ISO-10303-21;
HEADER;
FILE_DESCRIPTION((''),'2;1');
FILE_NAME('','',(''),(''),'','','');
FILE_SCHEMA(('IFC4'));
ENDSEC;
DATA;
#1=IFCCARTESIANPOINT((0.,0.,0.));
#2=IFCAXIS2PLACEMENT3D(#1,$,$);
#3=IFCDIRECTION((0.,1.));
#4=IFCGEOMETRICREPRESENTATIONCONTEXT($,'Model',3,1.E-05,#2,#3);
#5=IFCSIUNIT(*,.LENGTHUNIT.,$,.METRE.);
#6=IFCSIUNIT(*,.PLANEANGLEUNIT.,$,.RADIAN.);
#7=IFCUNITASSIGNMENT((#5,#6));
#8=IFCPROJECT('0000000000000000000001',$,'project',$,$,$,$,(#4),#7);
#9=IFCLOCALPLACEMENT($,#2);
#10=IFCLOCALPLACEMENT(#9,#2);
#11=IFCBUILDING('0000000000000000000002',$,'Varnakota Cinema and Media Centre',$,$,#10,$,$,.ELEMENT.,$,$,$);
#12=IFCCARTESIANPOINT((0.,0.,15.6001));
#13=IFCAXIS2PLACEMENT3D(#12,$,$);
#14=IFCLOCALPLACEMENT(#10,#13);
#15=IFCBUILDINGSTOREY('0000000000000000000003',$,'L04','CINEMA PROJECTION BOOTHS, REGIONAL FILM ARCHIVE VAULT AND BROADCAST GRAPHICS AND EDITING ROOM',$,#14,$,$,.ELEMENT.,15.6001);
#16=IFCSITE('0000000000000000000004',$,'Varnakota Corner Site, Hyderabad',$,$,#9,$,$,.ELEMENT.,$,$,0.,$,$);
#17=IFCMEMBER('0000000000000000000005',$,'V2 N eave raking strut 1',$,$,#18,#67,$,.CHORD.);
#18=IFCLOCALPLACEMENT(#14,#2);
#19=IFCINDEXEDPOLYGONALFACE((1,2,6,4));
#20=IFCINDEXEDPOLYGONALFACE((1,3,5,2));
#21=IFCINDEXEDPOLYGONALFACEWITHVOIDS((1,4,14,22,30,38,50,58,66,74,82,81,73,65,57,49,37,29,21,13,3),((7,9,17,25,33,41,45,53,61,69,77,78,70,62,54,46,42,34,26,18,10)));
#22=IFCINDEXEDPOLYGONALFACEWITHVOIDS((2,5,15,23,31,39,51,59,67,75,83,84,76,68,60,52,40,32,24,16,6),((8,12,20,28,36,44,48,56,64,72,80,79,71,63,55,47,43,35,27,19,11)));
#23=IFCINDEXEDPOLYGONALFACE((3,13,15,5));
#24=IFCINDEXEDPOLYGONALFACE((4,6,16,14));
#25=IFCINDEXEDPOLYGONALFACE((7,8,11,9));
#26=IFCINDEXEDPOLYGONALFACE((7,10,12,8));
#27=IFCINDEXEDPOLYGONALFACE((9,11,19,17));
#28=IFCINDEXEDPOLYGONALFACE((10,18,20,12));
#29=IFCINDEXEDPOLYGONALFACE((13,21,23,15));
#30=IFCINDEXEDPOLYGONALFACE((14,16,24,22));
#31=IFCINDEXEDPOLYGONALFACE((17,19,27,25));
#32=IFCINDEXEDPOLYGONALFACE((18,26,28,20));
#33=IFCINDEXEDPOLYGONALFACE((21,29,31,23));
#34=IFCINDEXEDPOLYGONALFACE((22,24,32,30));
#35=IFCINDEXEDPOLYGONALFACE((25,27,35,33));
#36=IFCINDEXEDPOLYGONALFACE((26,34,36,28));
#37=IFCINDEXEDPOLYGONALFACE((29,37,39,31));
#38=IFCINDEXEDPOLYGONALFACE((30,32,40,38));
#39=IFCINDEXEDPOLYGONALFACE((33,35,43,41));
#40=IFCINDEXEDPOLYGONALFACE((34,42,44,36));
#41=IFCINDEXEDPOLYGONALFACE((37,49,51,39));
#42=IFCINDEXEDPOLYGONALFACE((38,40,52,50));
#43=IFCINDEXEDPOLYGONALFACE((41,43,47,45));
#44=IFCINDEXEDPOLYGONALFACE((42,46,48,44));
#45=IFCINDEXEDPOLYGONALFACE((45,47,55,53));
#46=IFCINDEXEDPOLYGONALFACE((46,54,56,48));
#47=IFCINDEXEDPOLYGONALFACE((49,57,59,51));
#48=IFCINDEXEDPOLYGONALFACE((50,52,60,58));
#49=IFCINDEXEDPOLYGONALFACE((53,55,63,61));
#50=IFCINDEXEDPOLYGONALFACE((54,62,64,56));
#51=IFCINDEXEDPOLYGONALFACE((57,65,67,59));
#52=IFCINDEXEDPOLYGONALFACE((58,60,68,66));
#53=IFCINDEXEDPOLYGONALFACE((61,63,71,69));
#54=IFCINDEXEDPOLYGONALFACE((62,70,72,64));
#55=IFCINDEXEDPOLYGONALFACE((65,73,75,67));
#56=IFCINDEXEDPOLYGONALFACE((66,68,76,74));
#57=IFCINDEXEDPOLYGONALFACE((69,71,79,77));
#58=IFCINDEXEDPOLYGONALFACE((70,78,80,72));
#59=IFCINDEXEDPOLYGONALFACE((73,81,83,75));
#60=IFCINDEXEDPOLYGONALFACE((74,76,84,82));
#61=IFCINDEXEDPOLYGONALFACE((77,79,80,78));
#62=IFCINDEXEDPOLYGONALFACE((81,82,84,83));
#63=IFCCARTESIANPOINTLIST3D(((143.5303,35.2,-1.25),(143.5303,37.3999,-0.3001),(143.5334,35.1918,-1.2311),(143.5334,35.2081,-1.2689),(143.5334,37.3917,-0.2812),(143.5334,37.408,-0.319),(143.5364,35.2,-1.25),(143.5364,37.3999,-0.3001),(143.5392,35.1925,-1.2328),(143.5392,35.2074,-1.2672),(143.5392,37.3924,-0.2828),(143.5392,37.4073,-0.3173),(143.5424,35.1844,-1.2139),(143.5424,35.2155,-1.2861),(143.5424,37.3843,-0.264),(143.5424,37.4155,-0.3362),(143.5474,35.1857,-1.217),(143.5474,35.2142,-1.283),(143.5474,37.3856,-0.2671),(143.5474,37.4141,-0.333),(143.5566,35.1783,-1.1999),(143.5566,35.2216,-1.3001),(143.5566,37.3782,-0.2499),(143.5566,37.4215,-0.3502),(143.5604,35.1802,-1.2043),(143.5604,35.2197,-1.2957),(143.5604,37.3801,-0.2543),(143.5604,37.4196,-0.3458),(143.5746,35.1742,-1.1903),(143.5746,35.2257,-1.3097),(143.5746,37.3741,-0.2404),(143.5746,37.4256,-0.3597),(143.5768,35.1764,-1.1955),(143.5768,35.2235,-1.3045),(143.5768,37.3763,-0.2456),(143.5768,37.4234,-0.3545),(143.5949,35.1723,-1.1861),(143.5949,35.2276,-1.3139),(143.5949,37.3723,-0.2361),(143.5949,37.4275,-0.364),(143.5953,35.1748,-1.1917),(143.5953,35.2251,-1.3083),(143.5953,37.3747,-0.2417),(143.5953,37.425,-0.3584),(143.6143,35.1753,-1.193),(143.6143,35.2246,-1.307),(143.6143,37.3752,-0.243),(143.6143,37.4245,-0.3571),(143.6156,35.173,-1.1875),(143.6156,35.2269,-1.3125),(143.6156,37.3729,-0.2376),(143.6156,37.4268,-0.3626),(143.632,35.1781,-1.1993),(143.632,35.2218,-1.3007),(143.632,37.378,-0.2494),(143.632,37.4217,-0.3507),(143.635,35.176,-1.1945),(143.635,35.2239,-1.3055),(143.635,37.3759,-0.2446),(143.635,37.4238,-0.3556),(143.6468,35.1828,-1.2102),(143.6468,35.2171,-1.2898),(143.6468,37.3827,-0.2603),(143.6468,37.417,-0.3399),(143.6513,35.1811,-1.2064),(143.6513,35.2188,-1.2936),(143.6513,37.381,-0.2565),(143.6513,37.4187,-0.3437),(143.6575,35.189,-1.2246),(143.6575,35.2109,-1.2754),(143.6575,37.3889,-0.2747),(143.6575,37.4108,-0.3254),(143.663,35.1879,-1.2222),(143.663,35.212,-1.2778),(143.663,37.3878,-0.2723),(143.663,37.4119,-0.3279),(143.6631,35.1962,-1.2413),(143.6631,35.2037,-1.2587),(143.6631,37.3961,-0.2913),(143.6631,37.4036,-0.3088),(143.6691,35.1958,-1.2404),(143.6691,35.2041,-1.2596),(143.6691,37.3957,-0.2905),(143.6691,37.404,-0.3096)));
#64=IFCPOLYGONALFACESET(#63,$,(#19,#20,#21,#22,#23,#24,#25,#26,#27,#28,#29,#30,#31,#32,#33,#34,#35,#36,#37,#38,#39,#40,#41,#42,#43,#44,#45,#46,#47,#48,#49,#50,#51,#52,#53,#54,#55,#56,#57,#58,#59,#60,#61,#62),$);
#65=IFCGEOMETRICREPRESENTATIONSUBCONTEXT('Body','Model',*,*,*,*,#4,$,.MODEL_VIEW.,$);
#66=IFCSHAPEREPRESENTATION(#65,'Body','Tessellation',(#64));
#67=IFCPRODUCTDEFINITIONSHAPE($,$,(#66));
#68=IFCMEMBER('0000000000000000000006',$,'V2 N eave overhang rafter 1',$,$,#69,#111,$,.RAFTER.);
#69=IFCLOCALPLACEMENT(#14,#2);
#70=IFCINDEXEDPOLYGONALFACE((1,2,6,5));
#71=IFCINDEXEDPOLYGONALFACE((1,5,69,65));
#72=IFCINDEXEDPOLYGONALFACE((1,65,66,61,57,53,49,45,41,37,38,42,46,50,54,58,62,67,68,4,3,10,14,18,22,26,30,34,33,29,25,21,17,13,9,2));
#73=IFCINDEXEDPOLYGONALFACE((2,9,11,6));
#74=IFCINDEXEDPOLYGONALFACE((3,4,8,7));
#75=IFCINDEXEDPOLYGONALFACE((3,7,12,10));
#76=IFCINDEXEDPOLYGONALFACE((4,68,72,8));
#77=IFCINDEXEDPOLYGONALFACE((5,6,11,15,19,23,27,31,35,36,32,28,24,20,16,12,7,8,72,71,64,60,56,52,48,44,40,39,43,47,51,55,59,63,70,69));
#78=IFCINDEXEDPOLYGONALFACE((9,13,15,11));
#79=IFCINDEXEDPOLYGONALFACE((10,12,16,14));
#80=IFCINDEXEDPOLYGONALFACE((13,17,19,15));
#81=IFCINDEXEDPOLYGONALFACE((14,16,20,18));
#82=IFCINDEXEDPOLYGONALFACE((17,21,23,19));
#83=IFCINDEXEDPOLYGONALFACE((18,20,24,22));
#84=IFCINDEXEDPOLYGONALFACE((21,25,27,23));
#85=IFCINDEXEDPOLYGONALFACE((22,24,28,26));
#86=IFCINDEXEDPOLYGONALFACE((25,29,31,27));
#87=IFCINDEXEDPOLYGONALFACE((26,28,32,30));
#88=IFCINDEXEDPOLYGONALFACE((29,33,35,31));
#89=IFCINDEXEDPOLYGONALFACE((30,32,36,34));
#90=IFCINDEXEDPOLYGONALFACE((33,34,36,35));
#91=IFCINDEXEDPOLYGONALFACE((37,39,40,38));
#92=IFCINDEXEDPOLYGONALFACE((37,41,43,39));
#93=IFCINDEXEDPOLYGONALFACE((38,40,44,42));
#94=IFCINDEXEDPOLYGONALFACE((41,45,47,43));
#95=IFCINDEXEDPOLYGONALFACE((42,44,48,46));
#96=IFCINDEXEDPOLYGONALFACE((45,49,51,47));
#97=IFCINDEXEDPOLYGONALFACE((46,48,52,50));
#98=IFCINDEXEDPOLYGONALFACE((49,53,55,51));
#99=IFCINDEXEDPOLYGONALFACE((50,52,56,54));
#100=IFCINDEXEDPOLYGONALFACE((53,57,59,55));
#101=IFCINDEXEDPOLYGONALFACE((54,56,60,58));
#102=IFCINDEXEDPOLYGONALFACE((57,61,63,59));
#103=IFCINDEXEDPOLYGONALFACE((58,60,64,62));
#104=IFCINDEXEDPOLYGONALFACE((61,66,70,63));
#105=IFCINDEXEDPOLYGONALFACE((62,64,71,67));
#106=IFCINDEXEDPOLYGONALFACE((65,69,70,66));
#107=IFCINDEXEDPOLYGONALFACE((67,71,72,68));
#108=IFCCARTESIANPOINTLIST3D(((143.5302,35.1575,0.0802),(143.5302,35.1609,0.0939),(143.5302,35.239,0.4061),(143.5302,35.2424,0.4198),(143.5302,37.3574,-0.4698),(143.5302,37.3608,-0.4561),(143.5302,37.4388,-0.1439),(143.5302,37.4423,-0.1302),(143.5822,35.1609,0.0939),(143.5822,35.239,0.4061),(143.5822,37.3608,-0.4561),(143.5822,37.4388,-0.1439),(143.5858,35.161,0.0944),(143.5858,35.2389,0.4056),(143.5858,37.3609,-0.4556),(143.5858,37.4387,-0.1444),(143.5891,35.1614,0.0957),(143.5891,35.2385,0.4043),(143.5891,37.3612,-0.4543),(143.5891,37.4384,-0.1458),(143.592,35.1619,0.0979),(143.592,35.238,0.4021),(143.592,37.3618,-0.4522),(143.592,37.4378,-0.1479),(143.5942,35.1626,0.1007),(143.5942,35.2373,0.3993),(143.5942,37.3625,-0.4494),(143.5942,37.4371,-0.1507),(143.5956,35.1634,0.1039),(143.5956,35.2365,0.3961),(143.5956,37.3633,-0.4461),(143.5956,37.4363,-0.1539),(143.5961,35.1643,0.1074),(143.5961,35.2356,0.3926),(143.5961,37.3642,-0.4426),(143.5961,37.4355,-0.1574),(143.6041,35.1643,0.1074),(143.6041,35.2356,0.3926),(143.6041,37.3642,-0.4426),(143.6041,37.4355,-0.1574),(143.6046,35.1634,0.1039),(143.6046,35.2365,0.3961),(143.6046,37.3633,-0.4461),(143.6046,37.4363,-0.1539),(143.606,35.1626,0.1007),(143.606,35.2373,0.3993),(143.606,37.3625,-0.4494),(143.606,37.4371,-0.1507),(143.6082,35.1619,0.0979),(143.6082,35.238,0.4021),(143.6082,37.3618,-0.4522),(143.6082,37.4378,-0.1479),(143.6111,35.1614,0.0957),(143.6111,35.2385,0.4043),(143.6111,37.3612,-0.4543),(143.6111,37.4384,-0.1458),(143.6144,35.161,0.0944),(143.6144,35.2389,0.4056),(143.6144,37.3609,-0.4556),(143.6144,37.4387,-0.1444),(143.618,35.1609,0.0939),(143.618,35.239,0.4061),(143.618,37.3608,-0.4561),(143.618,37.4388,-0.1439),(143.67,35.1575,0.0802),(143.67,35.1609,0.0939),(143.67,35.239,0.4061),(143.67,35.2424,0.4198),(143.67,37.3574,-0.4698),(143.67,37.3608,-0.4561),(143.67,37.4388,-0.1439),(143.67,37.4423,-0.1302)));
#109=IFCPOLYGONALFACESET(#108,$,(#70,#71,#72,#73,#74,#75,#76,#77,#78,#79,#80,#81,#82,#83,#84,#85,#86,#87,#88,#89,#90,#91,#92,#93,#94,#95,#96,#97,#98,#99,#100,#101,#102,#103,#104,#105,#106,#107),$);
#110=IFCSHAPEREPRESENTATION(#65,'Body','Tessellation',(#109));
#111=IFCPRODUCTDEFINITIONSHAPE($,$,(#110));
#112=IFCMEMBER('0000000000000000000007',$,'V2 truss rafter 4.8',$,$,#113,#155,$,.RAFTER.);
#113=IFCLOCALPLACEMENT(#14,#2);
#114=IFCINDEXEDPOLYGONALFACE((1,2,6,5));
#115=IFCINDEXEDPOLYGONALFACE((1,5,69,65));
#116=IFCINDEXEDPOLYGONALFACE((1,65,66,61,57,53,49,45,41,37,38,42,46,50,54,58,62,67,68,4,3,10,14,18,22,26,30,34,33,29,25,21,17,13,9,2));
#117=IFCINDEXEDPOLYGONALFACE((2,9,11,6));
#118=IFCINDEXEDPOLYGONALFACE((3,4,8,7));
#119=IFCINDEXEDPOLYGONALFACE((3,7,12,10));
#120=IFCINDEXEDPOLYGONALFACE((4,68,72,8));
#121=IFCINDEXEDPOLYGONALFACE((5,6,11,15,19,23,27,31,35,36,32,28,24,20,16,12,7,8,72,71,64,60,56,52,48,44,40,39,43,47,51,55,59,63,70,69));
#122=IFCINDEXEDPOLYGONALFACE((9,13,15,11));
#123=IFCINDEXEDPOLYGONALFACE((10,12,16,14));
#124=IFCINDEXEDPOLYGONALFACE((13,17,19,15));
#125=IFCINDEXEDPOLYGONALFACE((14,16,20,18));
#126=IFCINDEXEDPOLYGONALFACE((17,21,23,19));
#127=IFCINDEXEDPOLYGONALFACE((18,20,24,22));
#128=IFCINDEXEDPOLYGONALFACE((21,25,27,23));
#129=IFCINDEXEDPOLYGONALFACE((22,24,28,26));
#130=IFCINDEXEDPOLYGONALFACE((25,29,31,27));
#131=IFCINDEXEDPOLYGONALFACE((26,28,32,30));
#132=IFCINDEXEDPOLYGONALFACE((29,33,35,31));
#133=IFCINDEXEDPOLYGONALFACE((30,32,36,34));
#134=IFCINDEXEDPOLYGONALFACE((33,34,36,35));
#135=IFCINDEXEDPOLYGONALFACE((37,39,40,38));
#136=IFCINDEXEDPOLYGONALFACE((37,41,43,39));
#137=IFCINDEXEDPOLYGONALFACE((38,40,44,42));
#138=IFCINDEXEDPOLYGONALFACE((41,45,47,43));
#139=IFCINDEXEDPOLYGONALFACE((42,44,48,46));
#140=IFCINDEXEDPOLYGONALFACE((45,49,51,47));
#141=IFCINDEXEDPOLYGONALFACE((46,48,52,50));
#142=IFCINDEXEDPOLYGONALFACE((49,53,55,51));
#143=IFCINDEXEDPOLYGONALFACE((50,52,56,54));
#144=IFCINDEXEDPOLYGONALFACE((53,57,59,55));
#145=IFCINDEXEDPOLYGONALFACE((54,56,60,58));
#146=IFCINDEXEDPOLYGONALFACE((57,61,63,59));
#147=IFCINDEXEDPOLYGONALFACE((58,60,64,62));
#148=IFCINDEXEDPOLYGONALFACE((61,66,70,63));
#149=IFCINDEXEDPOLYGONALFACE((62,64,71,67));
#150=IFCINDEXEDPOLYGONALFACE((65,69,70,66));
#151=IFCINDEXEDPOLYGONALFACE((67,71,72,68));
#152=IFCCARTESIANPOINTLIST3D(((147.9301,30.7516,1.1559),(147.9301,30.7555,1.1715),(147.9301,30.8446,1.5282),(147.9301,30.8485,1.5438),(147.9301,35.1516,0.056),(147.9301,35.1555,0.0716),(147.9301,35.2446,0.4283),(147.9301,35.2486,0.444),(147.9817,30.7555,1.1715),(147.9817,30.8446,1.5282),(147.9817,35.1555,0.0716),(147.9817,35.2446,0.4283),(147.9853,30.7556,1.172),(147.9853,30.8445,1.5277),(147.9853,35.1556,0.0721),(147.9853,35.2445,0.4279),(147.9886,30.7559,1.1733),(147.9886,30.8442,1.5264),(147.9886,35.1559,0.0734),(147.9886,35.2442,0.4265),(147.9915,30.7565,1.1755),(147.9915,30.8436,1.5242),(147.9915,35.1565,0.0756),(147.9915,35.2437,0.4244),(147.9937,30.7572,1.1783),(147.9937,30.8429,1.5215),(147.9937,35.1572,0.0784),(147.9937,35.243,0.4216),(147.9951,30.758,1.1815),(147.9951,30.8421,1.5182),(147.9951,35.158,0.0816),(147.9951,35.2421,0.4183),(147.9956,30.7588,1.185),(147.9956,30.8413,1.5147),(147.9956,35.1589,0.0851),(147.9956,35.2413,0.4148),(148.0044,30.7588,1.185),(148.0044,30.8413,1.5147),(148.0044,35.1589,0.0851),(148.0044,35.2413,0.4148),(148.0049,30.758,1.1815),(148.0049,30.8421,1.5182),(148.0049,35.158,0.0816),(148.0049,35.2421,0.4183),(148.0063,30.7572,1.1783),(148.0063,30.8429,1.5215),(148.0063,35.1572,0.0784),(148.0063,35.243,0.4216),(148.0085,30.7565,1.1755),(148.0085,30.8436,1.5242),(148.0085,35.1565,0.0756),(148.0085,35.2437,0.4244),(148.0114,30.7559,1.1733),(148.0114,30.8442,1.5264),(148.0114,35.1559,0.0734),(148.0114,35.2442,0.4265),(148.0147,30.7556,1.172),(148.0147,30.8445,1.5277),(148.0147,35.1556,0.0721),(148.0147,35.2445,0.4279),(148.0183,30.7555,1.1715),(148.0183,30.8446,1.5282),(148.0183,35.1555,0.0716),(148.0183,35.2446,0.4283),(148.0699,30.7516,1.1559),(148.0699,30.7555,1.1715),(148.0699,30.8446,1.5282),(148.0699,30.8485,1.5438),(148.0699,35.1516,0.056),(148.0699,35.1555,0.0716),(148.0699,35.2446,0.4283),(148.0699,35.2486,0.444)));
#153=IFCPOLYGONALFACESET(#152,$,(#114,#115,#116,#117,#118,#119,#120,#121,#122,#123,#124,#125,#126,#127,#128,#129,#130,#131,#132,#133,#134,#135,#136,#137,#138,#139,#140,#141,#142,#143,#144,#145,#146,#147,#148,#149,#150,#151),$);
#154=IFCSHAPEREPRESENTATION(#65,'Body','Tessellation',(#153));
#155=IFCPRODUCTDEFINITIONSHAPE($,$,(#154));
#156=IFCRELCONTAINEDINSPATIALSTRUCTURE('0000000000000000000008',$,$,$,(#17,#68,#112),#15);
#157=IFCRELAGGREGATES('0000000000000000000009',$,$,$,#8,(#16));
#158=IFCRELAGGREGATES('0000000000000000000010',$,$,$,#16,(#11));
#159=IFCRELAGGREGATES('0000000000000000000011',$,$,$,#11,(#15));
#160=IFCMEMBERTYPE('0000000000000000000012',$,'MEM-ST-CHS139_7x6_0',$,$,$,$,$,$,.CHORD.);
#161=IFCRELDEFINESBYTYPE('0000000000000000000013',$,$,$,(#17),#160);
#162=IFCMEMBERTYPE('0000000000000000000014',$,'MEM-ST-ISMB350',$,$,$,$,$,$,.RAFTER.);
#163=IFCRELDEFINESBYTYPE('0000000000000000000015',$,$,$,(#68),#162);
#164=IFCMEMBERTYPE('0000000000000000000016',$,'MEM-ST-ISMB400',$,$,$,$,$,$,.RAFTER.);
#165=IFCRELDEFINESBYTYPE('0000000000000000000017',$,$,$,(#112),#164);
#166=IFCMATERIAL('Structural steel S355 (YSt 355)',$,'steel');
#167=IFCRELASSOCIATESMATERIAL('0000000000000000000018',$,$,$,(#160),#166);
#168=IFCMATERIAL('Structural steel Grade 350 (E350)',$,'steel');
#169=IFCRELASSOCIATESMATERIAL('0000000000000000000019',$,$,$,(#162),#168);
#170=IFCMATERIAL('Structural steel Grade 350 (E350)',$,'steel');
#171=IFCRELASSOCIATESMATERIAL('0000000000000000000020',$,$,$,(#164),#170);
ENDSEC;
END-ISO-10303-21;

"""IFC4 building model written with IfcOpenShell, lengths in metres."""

from ifc_helpers import new_model, si_unit, direction, frame, origin, origin_2d, place, context, subcontext, project, spatial, hollow_circle, i_section, extrude, material, material_profile, profile_set, type_object, element, save


model = new_model("IFC4")

# Units and contexts
model_context = context("Model", 3, precision=1e-05, world=origin(), true_north=direction((0.0, 1.0)))
body_context = subcontext(model_context, "Body", "Model", "MODEL_VIEW")
ifc_project = project(units=[si_unit("LENGTHUNIT", "METRE"), si_unit("PLANEANGLEUNIT", "RADIAN")], contexts=[model_context])

# Site, building, storey
site_placement = place(None, origin())
site = spatial("IfcSite", under=ifc_project, at=site_placement, Name="Varnakota Corner Site, Hyderabad", CompositionType="ELEMENT", RefElevation=0.0)
building_placement = place(site_placement, origin())
building = spatial("IfcBuilding", under=site, at=building_placement, Name="Varnakota Cinema and Media Centre", CompositionType="ELEMENT")
storey_placement = place(building_placement, frame((0.0, 0.0, 15.6001)))
storey = spatial("IfcBuildingStorey", under=building, at=storey_placement, Name="L04", Description="CINEMA PROJECTION BOOTHS, REGIONAL FILM ARCHIVE VAULT AND BROADCAST GRAPHICS AND EDITING ROOM", CompositionType="ELEMENT", Elevation=15.6001)

# Members
ifc_material_1 = material(Name="Structural steel S355 (YSt 355)", Category="steel")
ifc_material_profile_1 = material_profile(ifc_material_1, hollow_circle(Radius=0.0698, WallThickness=0.0061, at=origin_2d()), Name="CHS 139.7x6.0")
ifc_profile_set_1 = profile_set([ifc_material_profile_1], Name="Structural steel S355 (YSt 355)")
member_type_1 = type_object("IfcMemberType", Name="MEM-ST-CHS139_7x6_0", PredefinedType="CHORD", material=ifc_profile_set_1)
member_1_placement = place(storey_placement, frame((143.6001, 35.2, -1.25), z_axis=(0.0, 0.918067, 0.396426), x_axis=(-1.0, 0.0, 0.0)))
element("IfcMember", 1, at=member_1_placement, inside=storey, type_object=member_type_1, Name="V2 N eave raking strut 1", PredefinedType="CHORD", context=body_context, shape_type="SweptSolid", body=[
    extrude(hollow_circle(Radius=0.0698, WallThickness=0.0061, at=origin_2d()), origin(), (0.0, 0.0, 1.0), 2.3962),
])
ifc_material_2 = material(Name="Structural steel Grade 350 (E350)", Category="steel")
ifc_material_profile_2 = material_profile(ifc_material_2, i_section(OverallWidth=0.1399, OverallDepth=0.3501, WebThickness=0.0081, FlangeThickness=0.0142, FilletRadius=0.0139, at=origin_2d()), Name="ISMB 350")
ifc_profile_set_2 = profile_set([ifc_material_profile_2], Name="Structural steel Grade 350 (E350)")
member_type_2 = type_object("IfcMemberType", Name="MEM-ST-ISMB350", PredefinedType="RAFTER", material=ifc_profile_set_2)
member_2_placement = place(storey_placement, frame((143.6001, 35.2, 0.25), z_axis=(0.0, 0.970136, -0.242561), x_axis=(-1.0, 0.0, 0.0)))
element("IfcMember", 2, at=member_2_placement, inside=storey, type_object=member_type_2, Name="V2 N eave overhang rafter 1", PredefinedType="RAFTER", context=body_context, shape_type="SweptSolid", body=[
    extrude(i_section(OverallWidth=0.1399, OverallDepth=0.3501, WebThickness=0.0081, FlangeThickness=0.0142, FilletRadius=0.0139, at=origin_2d()), origin(), (0.0, 0.0, 1.0), 2.2676),
])
ifc_material_3 = material(Name="Structural steel Grade 350 (E350)", Category="steel")
ifc_material_profile_3 = material_profile(ifc_material_3, i_section(OverallWidth=0.1399, OverallDepth=0.3999, WebThickness=0.0088, FlangeThickness=0.0161, FilletRadius=0.0139, at=origin_2d()), Name="ISMB 400")
ifc_profile_set_3 = profile_set([ifc_material_profile_3], Name="Structural steel Grade 350 (E350)")
member_type_3 = type_object("IfcMemberType", Name="MEM-ST-ISMB400", PredefinedType="RAFTER", material=ifc_profile_set_3)
member_3_placement = place(storey_placement, frame((148.0, 30.8, 1.3499), z_axis=(0.0, 0.970149, -0.24251), x_axis=(-1.0, 0.0, 0.0)))
element("IfcMember", 3, at=member_3_placement, inside=storey, type_object=member_type_3, Name="V2 truss rafter 4.8", PredefinedType="RAFTER", context=body_context, shape_type="SweptSolid", body=[
    extrude(i_section(OverallWidth=0.1399, OverallDepth=0.3999, WebThickness=0.0088, FlangeThickness=0.0161, FilletRadius=0.0139, at=origin_2d()), origin(), (0.0, 0.0, 1.0), 4.5354),
])

save(model, "model.ifc")
